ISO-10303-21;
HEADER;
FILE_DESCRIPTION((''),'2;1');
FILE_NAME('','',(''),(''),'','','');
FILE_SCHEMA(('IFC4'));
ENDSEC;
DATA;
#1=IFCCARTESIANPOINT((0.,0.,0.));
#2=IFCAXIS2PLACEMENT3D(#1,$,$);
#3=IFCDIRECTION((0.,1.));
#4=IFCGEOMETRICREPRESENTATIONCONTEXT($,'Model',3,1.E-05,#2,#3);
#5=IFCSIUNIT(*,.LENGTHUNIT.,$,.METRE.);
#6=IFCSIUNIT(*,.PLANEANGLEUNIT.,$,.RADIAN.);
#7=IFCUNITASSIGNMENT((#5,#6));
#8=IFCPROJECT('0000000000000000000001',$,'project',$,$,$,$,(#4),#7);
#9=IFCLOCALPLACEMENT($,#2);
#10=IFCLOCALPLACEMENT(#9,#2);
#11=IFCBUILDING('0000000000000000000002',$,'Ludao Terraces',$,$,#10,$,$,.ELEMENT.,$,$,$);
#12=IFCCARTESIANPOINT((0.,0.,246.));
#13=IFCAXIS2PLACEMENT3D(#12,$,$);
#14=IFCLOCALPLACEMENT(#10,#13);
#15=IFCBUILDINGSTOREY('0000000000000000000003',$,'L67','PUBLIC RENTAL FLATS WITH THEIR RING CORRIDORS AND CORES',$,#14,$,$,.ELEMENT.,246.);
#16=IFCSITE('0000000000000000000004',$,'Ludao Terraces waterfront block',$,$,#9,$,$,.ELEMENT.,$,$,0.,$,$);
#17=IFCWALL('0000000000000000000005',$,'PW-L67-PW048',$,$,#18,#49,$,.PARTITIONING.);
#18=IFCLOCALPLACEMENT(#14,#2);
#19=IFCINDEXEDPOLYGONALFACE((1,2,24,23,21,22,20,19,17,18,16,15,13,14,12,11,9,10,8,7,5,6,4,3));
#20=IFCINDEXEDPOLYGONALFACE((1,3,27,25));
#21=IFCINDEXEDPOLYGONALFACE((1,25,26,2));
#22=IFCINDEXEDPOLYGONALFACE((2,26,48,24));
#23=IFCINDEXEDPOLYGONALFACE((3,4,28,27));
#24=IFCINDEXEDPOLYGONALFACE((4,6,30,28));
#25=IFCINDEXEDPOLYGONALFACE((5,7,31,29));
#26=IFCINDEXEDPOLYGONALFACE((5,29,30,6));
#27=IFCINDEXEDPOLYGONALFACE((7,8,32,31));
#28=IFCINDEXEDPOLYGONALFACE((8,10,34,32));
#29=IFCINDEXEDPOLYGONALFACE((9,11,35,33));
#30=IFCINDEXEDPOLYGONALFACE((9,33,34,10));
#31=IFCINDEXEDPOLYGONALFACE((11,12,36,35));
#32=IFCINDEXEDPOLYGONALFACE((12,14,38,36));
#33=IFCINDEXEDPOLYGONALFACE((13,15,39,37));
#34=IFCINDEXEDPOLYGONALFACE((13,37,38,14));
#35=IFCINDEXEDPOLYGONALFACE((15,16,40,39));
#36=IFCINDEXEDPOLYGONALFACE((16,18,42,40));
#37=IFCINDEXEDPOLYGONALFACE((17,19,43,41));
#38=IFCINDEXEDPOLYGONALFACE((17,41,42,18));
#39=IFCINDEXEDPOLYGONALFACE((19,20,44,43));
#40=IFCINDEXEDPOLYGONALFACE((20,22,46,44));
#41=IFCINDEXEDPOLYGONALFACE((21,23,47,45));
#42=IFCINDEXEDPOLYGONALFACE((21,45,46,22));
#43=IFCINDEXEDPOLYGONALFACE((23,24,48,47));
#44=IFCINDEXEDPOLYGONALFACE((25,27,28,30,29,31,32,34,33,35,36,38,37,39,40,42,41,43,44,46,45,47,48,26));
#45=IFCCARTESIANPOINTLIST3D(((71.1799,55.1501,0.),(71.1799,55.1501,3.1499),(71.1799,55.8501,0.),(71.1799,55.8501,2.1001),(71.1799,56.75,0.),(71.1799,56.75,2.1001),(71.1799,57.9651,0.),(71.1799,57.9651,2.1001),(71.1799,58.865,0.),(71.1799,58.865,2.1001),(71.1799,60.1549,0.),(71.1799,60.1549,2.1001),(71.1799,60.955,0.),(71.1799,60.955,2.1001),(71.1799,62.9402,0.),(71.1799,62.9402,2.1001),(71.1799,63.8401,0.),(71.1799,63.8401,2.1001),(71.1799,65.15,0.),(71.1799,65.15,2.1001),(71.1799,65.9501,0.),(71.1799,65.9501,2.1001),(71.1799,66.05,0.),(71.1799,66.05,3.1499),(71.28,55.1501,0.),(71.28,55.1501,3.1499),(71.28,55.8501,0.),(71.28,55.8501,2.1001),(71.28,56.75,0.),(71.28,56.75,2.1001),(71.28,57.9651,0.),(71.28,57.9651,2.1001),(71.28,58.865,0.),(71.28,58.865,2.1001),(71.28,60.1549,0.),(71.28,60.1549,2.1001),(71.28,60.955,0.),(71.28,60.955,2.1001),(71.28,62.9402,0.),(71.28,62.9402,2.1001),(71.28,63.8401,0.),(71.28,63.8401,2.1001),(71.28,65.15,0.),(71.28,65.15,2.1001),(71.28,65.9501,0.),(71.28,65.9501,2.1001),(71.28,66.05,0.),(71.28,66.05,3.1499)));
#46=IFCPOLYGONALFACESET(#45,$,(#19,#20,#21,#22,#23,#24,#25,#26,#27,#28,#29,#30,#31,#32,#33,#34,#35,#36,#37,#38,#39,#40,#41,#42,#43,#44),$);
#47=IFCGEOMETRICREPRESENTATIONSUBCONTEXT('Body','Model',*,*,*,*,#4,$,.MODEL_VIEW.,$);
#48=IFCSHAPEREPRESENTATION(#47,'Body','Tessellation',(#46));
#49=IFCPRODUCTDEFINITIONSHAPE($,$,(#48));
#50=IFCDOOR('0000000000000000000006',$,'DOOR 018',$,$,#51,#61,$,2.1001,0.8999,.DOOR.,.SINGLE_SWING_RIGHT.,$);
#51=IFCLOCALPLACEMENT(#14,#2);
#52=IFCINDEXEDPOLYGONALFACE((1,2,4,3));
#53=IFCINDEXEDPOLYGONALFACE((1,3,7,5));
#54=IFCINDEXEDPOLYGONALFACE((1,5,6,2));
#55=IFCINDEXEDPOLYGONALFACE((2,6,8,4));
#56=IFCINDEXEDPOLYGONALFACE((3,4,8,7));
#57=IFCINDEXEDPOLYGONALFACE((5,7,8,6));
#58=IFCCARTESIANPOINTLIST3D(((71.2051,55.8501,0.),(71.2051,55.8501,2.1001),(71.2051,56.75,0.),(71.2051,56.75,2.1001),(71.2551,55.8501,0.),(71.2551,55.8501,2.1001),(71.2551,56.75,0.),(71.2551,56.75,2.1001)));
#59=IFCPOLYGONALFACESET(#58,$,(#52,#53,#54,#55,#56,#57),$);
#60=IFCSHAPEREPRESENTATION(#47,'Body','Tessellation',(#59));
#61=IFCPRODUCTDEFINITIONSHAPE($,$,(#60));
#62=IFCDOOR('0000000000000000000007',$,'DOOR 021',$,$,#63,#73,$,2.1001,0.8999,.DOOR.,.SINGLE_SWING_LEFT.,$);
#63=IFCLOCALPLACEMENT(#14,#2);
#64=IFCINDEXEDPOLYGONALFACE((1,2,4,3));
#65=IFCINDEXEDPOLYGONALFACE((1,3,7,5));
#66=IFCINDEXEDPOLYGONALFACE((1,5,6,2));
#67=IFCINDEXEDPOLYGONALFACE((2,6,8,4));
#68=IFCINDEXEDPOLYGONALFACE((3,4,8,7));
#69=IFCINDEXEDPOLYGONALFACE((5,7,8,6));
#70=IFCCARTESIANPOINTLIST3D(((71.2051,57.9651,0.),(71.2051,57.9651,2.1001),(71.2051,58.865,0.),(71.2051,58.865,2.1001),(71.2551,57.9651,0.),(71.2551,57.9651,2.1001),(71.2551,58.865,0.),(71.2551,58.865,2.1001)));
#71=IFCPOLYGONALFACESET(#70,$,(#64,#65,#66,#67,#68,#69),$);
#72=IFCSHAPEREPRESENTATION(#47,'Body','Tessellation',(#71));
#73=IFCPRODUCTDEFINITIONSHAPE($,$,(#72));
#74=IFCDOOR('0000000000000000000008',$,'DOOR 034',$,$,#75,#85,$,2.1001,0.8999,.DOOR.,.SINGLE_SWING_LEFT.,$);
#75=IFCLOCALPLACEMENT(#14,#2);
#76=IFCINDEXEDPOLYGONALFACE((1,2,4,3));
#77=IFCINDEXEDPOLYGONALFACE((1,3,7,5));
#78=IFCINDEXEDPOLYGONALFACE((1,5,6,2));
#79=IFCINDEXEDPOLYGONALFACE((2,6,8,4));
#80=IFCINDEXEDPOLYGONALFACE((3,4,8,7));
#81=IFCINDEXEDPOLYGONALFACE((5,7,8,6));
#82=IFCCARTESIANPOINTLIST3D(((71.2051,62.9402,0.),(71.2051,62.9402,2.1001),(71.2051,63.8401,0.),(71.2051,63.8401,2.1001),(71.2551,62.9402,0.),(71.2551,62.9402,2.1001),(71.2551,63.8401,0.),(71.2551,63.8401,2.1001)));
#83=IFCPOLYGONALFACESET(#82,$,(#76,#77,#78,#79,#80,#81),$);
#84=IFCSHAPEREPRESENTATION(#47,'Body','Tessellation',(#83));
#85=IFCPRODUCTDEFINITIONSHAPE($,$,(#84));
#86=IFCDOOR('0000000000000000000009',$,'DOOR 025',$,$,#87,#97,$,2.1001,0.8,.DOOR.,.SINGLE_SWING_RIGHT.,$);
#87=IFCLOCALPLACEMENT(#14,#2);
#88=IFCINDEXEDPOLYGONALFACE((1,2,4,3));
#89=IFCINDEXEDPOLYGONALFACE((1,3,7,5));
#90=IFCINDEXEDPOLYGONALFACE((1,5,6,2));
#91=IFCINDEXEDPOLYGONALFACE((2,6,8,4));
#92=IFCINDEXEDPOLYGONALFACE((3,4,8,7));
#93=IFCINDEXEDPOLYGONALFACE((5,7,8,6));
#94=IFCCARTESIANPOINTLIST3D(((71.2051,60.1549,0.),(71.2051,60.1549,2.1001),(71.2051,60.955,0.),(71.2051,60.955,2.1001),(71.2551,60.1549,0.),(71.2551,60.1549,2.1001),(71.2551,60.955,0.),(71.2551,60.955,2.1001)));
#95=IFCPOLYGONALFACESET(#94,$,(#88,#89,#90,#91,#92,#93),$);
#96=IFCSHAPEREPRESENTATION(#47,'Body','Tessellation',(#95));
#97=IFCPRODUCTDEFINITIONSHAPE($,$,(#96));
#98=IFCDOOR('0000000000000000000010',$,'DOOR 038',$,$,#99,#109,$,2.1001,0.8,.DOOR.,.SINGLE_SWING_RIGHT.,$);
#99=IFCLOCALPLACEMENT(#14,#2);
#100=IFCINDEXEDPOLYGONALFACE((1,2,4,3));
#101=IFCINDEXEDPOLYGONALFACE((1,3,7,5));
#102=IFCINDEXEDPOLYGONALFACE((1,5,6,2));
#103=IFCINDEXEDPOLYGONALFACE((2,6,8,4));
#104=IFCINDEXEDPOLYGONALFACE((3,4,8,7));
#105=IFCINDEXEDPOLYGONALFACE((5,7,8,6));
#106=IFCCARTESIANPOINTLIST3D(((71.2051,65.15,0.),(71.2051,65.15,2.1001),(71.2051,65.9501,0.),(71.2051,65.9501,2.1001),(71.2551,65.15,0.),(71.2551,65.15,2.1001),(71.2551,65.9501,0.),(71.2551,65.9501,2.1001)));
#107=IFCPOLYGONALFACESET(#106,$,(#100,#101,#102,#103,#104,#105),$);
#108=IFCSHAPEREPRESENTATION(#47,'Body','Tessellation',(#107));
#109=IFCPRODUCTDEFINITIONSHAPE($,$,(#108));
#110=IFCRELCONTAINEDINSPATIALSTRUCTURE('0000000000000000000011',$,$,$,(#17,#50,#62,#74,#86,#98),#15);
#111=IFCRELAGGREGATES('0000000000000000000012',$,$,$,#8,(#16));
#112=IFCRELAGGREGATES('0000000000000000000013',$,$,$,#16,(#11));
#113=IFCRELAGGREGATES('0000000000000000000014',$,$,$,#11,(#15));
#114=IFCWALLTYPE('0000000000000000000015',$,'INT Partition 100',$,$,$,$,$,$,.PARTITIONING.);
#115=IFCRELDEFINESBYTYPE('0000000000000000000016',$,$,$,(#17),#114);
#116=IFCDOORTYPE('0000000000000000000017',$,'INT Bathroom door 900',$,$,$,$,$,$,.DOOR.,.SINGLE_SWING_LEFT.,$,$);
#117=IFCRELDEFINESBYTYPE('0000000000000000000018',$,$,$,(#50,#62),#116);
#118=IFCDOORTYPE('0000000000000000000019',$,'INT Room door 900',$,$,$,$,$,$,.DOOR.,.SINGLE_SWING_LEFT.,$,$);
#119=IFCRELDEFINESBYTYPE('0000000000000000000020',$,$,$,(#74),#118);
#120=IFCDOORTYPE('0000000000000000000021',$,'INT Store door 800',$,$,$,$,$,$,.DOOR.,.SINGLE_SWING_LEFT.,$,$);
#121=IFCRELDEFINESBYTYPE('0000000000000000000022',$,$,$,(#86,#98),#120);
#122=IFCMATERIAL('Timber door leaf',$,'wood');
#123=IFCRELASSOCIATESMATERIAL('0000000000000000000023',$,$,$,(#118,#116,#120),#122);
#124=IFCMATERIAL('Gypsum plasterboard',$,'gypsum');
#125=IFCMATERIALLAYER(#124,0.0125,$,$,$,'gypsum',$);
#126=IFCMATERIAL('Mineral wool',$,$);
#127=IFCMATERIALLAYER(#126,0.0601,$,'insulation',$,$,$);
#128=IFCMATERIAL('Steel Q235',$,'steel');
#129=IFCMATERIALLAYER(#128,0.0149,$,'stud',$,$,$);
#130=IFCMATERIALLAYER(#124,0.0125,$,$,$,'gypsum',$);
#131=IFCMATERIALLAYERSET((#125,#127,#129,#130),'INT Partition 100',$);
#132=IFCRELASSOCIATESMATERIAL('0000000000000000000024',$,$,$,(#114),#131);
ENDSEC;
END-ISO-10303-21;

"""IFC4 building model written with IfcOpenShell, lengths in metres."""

from ifc_helpers import new_model, si_unit, direction, frame, frame_2d, origin, place, context, subcontext, project, spatial, rectangle, extrude, material, layer, layer_set, type_object, element, fill, save


model = new_model("IFC4")

# Units and contexts
model_context = context("Model", 3, precision=1e-05, world=origin(), true_north=direction((0.0, 1.0)))
body_context = subcontext(model_context, "Body", "Model", "MODEL_VIEW")
ifc_project = project(units=[si_unit("LENGTHUNIT", "METRE"), si_unit("PLANEANGLEUNIT", "RADIAN")], contexts=[model_context])

# Site, building, storey
site_placement = place(None, origin())
site = spatial("IfcSite", under=ifc_project, at=site_placement, Name="Ludao Terraces waterfront block", CompositionType="ELEMENT", RefElevation=0.0)
building_placement = place(site_placement, origin())
building = spatial("IfcBuilding", under=site, at=building_placement, Name="Ludao Terraces", CompositionType="ELEMENT")
storey_placement = place(building_placement, frame((0.0, 0.0, 246.0)))
storey = spatial("IfcBuildingStorey", under=building, at=storey_placement, Name="L67", Description="PUBLIC RENTAL FLATS WITH THEIR RING CORRIDORS AND CORES", CompositionType="ELEMENT", Elevation=246.0)

# Shared definitions
ifc_material_1 = material(Name="Steel Q235", Category="steel")
ifc_material_2 = material(Name="Timber door leaf", Category="wood")
door_type_1 = type_object("IfcDoorType", Name="INT Room door 900", OperationType="SINGLE_SWING_LEFT", PredefinedType="DOOR", material=ifc_material_2)

# Shared definitions
ifc_material_3 = material(Name="Gypsum plasterboard", Category="gypsum")
ifc_layer_1 = layer(ifc_material_3, 0.0125, Category="gypsum")
ifc_material_4 = material(Name="Mineral wool")
ifc_layer_2 = layer(ifc_material_4, 0.0601, Name="insulation")
ifc_layer_3 = layer(ifc_material_1, 0.0149, Name="stud")
ifc_layer_4 = layer(ifc_material_3, 0.0125, Category="gypsum")
ifc_layer_set_1 = layer_set([ifc_layer_1, ifc_layer_2, ifc_layer_3, ifc_layer_4], Name="INT Partition 100")
wall_type_1 = type_object("IfcWallType", Name="INT Partition 100", PredefinedType="PARTITIONING", material=ifc_layer_set_1)

# Wall, openings, doors
wall_1_placement = place(storey_placement, frame((71.23, 55.1501, 0.0), z_axis=(0.0, 0.0, 1.0), x_axis=(0.0, 1.0, 0.0)))
wall_1 = element("IfcWall", 1, at=wall_1_placement, inside=storey, type_object=wall_type_1, Name="PW-L67-PW048", PredefinedType="PARTITIONING", context=body_context, shape_type="SweptSolid", body=[
    extrude(rectangle(XDim=10.8999, YDim=0.1001, at=frame_2d((5.45, 0.0))), origin(), (0.0, 0.0, 1.0), 3.1499),
])
opening_1_placement = place(wall_1_placement, frame((0.7, 0.0, 0.0)))
opening_1 = element("IfcOpeningElement", 2, at=opening_1_placement, cuts=wall_1, PredefinedType="OPENING", context=body_context, shape_type="SweptSolid", body=[
    extrude(rectangle(XDim=0.8999, YDim=2.1001, at=frame_2d((0.45, 1.05))), frame((0.0, 0.0601, 0.0), z_axis=(0.0, -1.0, 0.0), x_axis=(1.0, 0.0, 0.0)), (0.0, 0.0, 1.0), 0.1201),
])
opening_2_placement = place(wall_1_placement, frame((2.8149, 0.0, 0.0)))
opening_2 = element("IfcOpeningElement", 3, at=opening_2_placement, cuts=wall_1, PredefinedType="OPENING", context=body_context, shape_type="SweptSolid", body=[
    extrude(rectangle(XDim=0.8999, YDim=2.1001, at=frame_2d((0.45, 1.05))), frame((0.0, 0.0601, 0.0), z_axis=(0.0, -1.0, 0.0), x_axis=(1.0, 0.0, 0.0)), (0.0, 0.0, 1.0), 0.1201),
])
opening_3_placement = place(wall_1_placement, frame((5.0049, 0.0, 0.0)))
opening_3 = element("IfcOpeningElement", 4, at=opening_3_placement, cuts=wall_1, PredefinedType="OPENING", context=body_context, shape_type="SweptSolid", body=[
    extrude(rectangle(XDim=0.8, YDim=2.1001, at=frame_2d((0.3999, 1.05))), frame((0.0, 0.0601, 0.0), z_axis=(0.0, -1.0, 0.0), x_axis=(1.0, 0.0, 0.0)), (0.0, 0.0, 1.0), 0.1201),
])
opening_4_placement = place(wall_1_placement, frame((7.79, 0.0, 0.0)))
opening_4 = element("IfcOpeningElement", 5, at=opening_4_placement, cuts=wall_1, PredefinedType="OPENING", context=body_context, shape_type="SweptSolid", body=[
    extrude(rectangle(XDim=0.8999, YDim=2.1001, at=frame_2d((0.45, 1.05))), frame((0.0, 0.0601, 0.0), z_axis=(0.0, -1.0, 0.0), x_axis=(1.0, 0.0, 0.0)), (0.0, 0.0, 1.0), 0.1201),
])
opening_5_placement = place(wall_1_placement, frame((10.0, 0.0, 0.0)))
opening_5 = element("IfcOpeningElement", 6, at=opening_5_placement, cuts=wall_1, PredefinedType="OPENING", context=body_context, shape_type="SweptSolid", body=[
    extrude(rectangle(XDim=0.8, YDim=2.1001, at=frame_2d((0.3999, 1.05))), frame((0.0, 0.0601, 0.0), z_axis=(0.0, -1.0, 0.0), x_axis=(1.0, 0.0, 0.0)), (0.0, 0.0, 1.0), 0.1201),
])
door_type_2 = type_object("IfcDoorType", Name="INT Bathroom door 900", OperationType="SINGLE_SWING_LEFT", PredefinedType="DOOR", material=ifc_material_2)
door_1_placement = place(opening_1_placement, origin())
door_1 = element("IfcDoor", 7, at=door_1_placement, inside=storey, type_object=door_type_2, Name="DOOR 018", OperationType="SINGLE_SWING_RIGHT", OverallHeight=2.1001, OverallWidth=0.8999, PredefinedType="DOOR", context=body_context, shape_type="SweptSolid", body=[
    extrude(rectangle(XDim=0.8999, YDim=2.1001, at=frame_2d((0.45, 1.05))), frame((0.0, 0.0249, 0.0), z_axis=(0.0, -1.0, 0.0), x_axis=(1.0, 0.0, 0.0)), (0.0, 0.0, 1.0), 0.05),
])
fill(opening_1, door_1)
door_2_placement = place(opening_2_placement, origin())
door_2 = element("IfcDoor", 8, at=door_2_placement, inside=storey, type_object=door_type_2, Name="DOOR 021", OperationType="SINGLE_SWING_LEFT", OverallHeight=2.1001, OverallWidth=0.8999, PredefinedType="DOOR", context=body_context, shape_type="SweptSolid", body=[
    extrude(rectangle(XDim=0.8999, YDim=2.1001, at=frame_2d((0.45, 1.05))), frame((0.0, 0.0249, 0.0), z_axis=(0.0, -1.0, 0.0), x_axis=(1.0, 0.0, 0.0)), (0.0, 0.0, 1.0), 0.05),
])
fill(opening_2, door_2)
door_3_placement = place(opening_4_placement, origin())
door_3 = element("IfcDoor", 9, at=door_3_placement, inside=storey, type_object=door_type_1, Name="DOOR 034", OperationType="SINGLE_SWING_LEFT", OverallHeight=2.1001, OverallWidth=0.8999, PredefinedType="DOOR", context=body_context, shape_type="SweptSolid", body=[
    extrude(rectangle(XDim=0.8999, YDim=2.1001, at=frame_2d((0.45, 1.05))), frame((0.0, 0.0249, 0.0), z_axis=(0.0, -1.0, 0.0), x_axis=(1.0, 0.0, 0.0)), (0.0, 0.0, 1.0), 0.05),
])
fill(opening_4, door_3)
door_type_3 = type_object("IfcDoorType", Name="INT Store door 800", OperationType="SINGLE_SWING_LEFT", PredefinedType="DOOR", material=ifc_material_2)
door_4_placement = place(opening_3_placement, origin())
door_4 = element("IfcDoor", 10, at=door_4_placement, inside=storey, type_object=door_type_3, Name="DOOR 025", OperationType="SINGLE_SWING_RIGHT", OverallHeight=2.1001, OverallWidth=0.8, PredefinedType="DOOR", context=body_context, shape_type="SweptSolid", body=[
    extrude(rectangle(XDim=0.8, YDim=2.1001, at=frame_2d((0.3999, 1.05))), frame((0.0, 0.0249, 0.0), z_axis=(0.0, -1.0, 0.0), x_axis=(1.0, 0.0, 0.0)), (0.0, 0.0, 1.0), 0.05),
])
fill(opening_3, door_4)
door_5_placement = place(opening_5_placement, origin())
door_5 = element("IfcDoor", 11, at=door_5_placement, inside=storey, type_object=door_type_3, Name="DOOR 038", OperationType="SINGLE_SWING_RIGHT", OverallHeight=2.1001, OverallWidth=0.8, PredefinedType="DOOR", context=body_context, shape_type="SweptSolid", body=[
    extrude(rectangle(XDim=0.8, YDim=2.1001, at=frame_2d((0.3999, 1.05))), frame((0.0, 0.0249, 0.0), z_axis=(0.0, -1.0, 0.0), x_axis=(1.0, 0.0, 0.0)), (0.0, 0.0, 1.0), 0.05),
])
fill(opening_5, door_5)

save(model, "model.ifc")
